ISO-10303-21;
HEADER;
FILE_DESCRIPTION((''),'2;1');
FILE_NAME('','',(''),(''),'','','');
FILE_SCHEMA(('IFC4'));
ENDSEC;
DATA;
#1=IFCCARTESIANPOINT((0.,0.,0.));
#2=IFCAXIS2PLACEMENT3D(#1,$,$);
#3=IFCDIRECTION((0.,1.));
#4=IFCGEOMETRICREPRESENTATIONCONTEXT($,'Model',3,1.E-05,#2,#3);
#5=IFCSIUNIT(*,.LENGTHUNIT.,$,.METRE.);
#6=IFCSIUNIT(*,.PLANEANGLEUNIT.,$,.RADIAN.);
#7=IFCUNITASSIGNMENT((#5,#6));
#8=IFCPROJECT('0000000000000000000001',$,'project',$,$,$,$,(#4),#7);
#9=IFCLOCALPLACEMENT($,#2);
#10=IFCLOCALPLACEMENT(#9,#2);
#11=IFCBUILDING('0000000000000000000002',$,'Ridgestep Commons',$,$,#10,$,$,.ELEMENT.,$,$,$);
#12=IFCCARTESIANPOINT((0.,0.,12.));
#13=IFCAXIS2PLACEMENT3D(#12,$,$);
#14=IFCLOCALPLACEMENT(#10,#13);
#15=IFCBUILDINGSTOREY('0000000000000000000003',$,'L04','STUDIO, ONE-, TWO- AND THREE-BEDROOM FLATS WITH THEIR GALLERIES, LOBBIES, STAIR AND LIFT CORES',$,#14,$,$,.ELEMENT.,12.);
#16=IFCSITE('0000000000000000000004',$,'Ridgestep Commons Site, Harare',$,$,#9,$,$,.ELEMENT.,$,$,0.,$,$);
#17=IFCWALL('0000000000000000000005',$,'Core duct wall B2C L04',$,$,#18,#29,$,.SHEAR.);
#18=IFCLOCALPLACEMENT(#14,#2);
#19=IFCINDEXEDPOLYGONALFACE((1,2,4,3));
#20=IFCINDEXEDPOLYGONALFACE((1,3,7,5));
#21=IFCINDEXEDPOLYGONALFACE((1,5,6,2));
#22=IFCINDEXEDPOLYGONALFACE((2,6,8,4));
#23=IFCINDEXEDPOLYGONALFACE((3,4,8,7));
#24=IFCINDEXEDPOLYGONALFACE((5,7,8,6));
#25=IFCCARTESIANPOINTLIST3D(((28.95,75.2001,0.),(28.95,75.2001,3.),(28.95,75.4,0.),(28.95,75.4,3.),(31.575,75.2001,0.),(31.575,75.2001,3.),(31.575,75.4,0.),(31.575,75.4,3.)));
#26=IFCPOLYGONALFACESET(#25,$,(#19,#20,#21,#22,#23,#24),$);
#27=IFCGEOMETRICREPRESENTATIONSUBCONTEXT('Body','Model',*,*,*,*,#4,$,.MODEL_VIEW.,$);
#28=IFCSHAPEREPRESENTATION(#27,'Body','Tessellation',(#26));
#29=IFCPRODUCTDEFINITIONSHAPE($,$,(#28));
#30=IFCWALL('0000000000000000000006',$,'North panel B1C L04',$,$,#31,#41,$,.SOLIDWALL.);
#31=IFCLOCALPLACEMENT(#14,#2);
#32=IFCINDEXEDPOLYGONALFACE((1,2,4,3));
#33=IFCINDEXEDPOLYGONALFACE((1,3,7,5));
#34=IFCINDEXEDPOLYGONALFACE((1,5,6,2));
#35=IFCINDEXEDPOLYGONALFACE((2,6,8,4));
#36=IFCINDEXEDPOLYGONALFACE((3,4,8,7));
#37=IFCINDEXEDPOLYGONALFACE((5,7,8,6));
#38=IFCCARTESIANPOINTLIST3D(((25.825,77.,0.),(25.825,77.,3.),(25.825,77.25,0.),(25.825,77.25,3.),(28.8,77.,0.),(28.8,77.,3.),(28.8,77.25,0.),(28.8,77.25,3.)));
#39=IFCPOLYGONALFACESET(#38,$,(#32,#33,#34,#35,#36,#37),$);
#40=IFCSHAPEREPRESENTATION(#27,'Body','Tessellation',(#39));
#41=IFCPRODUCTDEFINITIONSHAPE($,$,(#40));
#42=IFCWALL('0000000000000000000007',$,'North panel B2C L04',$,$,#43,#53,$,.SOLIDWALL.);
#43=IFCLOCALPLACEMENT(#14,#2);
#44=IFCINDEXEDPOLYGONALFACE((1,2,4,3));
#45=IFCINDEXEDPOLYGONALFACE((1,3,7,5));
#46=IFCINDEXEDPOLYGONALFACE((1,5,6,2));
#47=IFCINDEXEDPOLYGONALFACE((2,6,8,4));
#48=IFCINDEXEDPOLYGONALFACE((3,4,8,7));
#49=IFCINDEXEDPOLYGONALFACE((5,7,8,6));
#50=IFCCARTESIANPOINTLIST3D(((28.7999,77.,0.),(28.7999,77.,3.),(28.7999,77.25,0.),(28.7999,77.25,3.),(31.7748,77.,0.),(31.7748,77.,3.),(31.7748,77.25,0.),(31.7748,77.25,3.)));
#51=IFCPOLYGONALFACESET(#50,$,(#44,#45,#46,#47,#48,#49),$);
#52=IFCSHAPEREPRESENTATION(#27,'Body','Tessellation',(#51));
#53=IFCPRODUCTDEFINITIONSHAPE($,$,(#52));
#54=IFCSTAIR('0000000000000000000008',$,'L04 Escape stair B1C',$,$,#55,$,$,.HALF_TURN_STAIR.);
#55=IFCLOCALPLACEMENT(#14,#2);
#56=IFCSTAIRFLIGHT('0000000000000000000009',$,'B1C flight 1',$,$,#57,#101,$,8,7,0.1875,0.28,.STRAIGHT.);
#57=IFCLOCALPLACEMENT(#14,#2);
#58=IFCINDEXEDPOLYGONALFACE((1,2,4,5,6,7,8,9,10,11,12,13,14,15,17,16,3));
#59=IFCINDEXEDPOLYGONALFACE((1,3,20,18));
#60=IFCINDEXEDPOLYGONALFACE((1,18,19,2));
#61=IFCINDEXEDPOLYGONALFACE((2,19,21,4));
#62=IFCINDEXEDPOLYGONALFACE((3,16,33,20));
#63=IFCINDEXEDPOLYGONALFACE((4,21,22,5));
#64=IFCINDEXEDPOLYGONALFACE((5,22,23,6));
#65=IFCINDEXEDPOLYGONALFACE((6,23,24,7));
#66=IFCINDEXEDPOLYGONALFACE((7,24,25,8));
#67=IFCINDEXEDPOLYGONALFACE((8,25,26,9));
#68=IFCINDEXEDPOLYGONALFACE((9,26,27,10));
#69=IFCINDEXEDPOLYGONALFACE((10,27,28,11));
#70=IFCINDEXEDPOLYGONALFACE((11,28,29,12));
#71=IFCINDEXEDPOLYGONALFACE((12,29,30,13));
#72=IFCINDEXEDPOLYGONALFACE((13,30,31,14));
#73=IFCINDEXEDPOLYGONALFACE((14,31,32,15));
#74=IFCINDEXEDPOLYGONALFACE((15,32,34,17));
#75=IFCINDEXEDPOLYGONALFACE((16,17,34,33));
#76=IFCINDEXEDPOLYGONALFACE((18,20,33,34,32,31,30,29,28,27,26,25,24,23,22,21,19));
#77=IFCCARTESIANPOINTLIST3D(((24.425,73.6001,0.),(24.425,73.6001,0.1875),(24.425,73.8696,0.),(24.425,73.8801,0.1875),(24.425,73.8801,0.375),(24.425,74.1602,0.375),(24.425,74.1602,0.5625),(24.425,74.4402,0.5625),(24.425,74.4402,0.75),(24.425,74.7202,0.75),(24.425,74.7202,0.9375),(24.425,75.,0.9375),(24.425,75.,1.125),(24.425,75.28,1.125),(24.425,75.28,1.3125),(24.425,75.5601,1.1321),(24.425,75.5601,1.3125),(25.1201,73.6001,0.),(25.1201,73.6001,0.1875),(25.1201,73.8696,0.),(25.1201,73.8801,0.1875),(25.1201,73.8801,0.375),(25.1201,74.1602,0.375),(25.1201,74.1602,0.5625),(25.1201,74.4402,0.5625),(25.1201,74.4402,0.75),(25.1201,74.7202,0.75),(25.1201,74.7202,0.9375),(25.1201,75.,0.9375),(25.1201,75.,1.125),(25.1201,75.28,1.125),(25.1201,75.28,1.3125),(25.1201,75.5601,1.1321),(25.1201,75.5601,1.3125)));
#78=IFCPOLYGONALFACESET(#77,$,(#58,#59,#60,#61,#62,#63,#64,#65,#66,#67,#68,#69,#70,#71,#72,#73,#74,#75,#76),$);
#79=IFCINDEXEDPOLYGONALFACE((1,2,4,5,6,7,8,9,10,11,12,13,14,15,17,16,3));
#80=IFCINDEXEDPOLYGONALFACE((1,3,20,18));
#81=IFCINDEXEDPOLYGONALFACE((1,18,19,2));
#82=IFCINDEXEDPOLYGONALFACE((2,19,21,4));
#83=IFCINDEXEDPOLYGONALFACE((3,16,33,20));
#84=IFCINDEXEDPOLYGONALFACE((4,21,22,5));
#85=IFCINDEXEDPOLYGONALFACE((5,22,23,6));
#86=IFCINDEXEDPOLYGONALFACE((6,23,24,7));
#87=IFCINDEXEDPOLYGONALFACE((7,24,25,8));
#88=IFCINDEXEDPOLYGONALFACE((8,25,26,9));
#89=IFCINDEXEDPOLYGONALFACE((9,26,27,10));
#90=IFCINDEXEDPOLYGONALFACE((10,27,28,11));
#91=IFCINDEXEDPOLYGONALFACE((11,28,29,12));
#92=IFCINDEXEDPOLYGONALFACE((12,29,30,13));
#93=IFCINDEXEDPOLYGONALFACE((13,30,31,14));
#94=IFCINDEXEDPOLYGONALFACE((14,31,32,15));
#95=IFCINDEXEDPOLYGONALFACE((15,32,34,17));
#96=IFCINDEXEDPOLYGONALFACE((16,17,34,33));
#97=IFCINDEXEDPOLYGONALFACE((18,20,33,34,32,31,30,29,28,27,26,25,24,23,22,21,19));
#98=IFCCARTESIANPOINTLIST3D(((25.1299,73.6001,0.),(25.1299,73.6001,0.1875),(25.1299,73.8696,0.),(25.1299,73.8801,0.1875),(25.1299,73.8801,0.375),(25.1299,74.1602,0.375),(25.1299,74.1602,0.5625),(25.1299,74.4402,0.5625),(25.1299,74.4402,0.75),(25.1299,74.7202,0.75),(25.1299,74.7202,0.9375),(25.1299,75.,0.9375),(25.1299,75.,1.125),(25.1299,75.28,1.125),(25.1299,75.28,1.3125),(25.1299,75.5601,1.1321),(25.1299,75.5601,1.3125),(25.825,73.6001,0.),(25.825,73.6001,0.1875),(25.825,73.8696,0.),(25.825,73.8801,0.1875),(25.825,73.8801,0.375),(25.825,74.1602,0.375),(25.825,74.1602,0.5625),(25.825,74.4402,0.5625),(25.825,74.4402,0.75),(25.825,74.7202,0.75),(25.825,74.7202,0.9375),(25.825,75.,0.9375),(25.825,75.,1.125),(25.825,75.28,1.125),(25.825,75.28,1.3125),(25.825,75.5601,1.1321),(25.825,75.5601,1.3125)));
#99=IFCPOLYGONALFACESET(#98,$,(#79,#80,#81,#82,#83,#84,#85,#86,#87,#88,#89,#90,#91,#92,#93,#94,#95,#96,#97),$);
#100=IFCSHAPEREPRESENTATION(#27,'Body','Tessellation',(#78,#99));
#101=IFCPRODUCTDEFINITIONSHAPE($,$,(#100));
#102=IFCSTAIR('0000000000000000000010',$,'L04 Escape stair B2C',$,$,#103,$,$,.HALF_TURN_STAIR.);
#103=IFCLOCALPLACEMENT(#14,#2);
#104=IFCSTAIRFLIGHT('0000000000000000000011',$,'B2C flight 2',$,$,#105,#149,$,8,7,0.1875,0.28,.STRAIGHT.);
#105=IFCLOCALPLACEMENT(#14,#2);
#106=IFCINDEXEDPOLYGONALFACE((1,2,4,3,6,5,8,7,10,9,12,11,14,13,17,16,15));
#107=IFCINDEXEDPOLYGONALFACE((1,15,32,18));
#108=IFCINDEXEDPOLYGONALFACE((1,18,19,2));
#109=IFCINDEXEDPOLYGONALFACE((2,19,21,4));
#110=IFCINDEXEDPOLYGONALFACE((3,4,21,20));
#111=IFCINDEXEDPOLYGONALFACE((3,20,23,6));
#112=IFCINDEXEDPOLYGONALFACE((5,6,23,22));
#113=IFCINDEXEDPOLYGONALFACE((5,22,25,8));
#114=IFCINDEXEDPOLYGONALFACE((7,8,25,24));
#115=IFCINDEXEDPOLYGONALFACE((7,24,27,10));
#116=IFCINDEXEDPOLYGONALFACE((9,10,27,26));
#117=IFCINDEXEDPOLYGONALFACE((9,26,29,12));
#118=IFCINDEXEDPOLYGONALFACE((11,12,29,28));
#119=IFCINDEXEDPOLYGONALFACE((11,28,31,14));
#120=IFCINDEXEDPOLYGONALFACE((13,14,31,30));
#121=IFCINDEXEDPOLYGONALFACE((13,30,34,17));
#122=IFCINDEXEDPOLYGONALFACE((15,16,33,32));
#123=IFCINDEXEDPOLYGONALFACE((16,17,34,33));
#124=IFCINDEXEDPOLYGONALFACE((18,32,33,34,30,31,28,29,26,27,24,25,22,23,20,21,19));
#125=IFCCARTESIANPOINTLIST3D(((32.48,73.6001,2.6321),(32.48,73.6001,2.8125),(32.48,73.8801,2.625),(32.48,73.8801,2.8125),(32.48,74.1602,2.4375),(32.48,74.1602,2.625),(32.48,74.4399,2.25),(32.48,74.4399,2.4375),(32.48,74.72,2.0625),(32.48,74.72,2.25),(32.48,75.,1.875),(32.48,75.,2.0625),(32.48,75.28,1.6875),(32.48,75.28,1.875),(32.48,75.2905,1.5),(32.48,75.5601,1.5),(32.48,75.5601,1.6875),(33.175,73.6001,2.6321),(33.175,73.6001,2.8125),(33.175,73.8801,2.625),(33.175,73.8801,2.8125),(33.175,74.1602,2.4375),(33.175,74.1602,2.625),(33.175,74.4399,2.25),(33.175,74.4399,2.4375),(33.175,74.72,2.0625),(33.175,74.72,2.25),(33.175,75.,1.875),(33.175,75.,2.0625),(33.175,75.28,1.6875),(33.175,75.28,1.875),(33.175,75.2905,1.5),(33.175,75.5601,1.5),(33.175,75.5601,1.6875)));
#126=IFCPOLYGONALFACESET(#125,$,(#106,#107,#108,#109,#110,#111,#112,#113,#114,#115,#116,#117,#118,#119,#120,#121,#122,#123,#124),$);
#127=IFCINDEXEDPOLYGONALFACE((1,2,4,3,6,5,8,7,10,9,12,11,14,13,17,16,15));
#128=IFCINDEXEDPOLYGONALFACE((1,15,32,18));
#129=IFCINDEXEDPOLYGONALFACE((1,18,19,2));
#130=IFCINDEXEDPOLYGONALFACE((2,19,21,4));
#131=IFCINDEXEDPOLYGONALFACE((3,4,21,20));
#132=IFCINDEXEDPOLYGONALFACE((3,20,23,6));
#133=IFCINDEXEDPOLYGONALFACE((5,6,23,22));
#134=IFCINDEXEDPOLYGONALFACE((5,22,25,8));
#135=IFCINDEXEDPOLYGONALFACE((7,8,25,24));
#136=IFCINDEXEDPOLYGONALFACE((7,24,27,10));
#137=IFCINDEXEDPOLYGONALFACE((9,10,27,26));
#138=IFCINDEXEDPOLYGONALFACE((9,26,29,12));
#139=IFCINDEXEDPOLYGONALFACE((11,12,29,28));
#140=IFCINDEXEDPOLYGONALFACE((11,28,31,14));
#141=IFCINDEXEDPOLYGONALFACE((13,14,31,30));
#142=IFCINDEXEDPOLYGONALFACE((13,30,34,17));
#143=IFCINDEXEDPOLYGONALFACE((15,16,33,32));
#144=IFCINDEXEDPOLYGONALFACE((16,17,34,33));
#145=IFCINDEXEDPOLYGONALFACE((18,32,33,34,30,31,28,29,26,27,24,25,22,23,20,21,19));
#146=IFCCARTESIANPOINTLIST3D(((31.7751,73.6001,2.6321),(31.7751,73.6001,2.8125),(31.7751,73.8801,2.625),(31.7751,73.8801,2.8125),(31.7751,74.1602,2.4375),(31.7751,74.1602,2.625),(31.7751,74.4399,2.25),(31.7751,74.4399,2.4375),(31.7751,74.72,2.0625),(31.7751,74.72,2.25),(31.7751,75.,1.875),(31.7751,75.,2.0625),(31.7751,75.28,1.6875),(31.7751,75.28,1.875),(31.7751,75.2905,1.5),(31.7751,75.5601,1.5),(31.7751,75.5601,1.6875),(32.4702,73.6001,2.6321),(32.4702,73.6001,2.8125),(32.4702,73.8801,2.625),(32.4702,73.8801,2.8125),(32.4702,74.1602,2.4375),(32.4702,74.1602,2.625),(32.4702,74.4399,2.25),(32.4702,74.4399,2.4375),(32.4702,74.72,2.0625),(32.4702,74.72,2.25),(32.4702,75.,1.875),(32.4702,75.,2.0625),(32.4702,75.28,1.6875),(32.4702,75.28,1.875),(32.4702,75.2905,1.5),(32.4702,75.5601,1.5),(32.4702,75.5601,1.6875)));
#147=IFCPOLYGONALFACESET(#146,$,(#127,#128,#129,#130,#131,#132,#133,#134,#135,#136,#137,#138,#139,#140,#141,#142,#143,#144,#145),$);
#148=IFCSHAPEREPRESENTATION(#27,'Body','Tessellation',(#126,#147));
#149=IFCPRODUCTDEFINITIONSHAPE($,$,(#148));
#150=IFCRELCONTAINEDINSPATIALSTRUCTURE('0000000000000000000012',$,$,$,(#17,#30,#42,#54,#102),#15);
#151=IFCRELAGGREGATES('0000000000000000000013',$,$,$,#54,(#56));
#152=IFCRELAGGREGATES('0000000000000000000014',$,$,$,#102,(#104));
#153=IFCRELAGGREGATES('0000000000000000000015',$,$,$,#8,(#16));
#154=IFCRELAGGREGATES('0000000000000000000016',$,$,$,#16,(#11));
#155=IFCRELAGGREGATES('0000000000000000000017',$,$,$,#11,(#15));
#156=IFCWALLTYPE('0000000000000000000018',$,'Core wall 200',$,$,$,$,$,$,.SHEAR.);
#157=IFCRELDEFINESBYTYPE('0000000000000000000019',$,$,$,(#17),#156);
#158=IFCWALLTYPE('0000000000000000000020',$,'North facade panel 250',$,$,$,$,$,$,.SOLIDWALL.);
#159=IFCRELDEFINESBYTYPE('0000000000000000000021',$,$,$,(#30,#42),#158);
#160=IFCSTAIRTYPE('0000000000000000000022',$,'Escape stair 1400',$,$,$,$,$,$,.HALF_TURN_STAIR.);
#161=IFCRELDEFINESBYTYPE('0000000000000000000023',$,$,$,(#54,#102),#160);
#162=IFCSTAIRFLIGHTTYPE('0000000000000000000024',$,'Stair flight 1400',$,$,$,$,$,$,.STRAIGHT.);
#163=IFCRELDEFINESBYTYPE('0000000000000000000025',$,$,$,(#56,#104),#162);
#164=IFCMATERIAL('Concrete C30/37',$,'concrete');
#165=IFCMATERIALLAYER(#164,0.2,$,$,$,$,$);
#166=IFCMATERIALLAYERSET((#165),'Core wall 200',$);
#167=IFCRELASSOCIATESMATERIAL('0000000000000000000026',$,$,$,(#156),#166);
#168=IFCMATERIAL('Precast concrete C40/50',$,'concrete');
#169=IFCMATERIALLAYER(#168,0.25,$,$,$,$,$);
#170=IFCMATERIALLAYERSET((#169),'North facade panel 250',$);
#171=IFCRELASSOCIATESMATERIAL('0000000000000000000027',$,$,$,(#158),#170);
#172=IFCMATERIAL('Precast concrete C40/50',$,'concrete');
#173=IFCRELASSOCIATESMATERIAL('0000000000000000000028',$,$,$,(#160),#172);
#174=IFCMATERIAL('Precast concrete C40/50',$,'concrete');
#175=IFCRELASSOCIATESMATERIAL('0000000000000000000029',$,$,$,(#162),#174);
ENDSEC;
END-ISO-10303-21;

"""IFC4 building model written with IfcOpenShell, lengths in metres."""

from ifc_helpers import new_model, si_unit, direction, frame, frame_2d, origin, place, context, subcontext, project, spatial, polyline, rectangle, outline, extrude, material, layer, layer_set, type_object, element, aggregate, save


model = new_model("IFC4")

# Units and contexts
model_context = context("Model", 3, precision=1e-05, world=origin(), true_north=direction((0.0, 1.0)))
body_context = subcontext(model_context, "Body", "Model", "MODEL_VIEW")
ifc_project = project(units=[si_unit("LENGTHUNIT", "METRE"), si_unit("PLANEANGLEUNIT", "RADIAN")], contexts=[model_context])

# Site, building, storey
site_placement = place(None, origin())
site = spatial("IfcSite", under=ifc_project, at=site_placement, Name="Ridgestep Commons Site, Harare", CompositionType="ELEMENT", RefElevation=0.0)
building_placement = place(site_placement, origin())
building = spatial("IfcBuilding", under=site, at=building_placement, Name="Ridgestep Commons", CompositionType="ELEMENT")
storey_placement = place(building_placement, frame((0.0, 0.0, 12.0)))
storey = spatial("IfcBuildingStorey", under=building, at=storey_placement, Name="L04", Description="STUDIO, ONE-, TWO- AND THREE-BEDROOM FLATS WITH THEIR GALLERIES, LOBBIES, STAIR AND LIFT CORES", CompositionType="ELEMENT", Elevation=12.0)

# Shared definitions
ifc_material_1 = material(Name="Concrete C30/37", Category="concrete")
ifc_layer_1 = layer(ifc_material_1, 0.2)
ifc_layer_set_1 = layer_set([ifc_layer_1], Name="Core wall 200")
wall_type_1 = type_object("IfcWallType", Name="Core wall 200", PredefinedType="SHEAR", material=ifc_layer_set_1)

# Walls
wall_1_placement = place(storey_placement, frame((28.95, 75.3, 0.0), z_axis=(0.0, 0.0, 1.0), x_axis=(1.0, 0.0, 0.0)))
element("IfcWall", 1, at=wall_1_placement, inside=storey, type_object=wall_type_1, Name="Core duct wall B2C L04", PredefinedType="SHEAR", context=body_context, shape_type="SweptSolid", body=[
    extrude(rectangle(XDim=2.625, YDim=0.2, at=frame_2d((1.3125, 0.0))), origin(), (0.0, 0.0, 1.0), 3.0),
])
ifc_material_2 = material(Name="Precast concrete C40/50", Category="concrete")
ifc_layer_2 = layer(ifc_material_2, 0.25)
ifc_layer_set_2 = layer_set([ifc_layer_2], Name="North facade panel 250")
wall_type_2 = type_object("IfcWallType", Name="North facade panel 250", PredefinedType="SOLIDWALL", material=ifc_layer_set_2)
wall_2_placement = place(storey_placement, frame((25.825, 77.125, 0.0), z_axis=(0.0, 0.0, 1.0), x_axis=(1.0, 0.0, 0.0)))
element("IfcWall", 2, at=wall_2_placement, inside=storey, type_object=wall_type_2, Name="North panel B1C L04", PredefinedType="SOLIDWALL", context=body_context, shape_type="SweptSolid", body=[
    extrude(rectangle(XDim=2.9751, YDim=0.25, at=frame_2d((1.4875, 0.0))), origin(), (0.0, 0.0, 1.0), 3.0),
])
wall_3_placement = place(storey_placement, frame((28.8, 77.125, 0.0), z_axis=(0.0, 0.0, 1.0), x_axis=(1.0, 0.0, 0.0)))
element("IfcWall", 3, at=wall_3_placement, inside=storey, type_object=wall_type_2, Name="North panel B2C L04", PredefinedType="SOLIDWALL", context=body_context, shape_type="SweptSolid", body=[
    extrude(rectangle(XDim=2.9749, YDim=0.25, at=frame_2d((1.4873, 0.0))), origin(), (0.0, 0.0, 1.0), 3.0),
])

# Stairs, stair flights
ifc_material_3 = material(Name="Precast concrete C40/50", Category="concrete")
stair_type = type_object("IfcStairType", Name="Escape stair 1400", PredefinedType="HALF_TURN_STAIR", material=ifc_material_3)
stair_1_placement = place(storey_placement, origin())
stair_1 = element("IfcStair", 4, at=stair_1_placement, inside=storey, type_object=stair_type, Name="L04 Escape stair B1C", PredefinedType="HALF_TURN_STAIR")
ifc_material_4 = material(Name="Precast concrete C40/50", Category="concrete")
stair_flight_type = type_object("IfcStairFlightType", Name="Stair flight 1400", PredefinedType="STRAIGHT", material=ifc_material_4)
stair_flight_1_placement = place(storey_placement, frame((25.125, 73.6001, 0.0), z_axis=(0.0, 0.0, 1.0), x_axis=(0.0, 1.0, 0.0)))
stair_flight_1 = element("IfcStairFlight", 5, at=stair_flight_1_placement, type_object=stair_flight_type, Name="B1C flight 1", NumberOfRisers=8, NumberOfTreads=7, PredefinedType="STRAIGHT", RiserHeight=0.1875, TreadLength=0.28, context=body_context, shape_type="SweptSolid", body=[
    extrude(outline(polyline([(0.0, 0.0), (0.0, 0.1875), (0.28, 0.1875), (0.28, 0.375), (0.5601, 0.375), (0.5601, 0.5625), (0.8401, 0.5625), (0.8401, 0.75), (1.1201, 0.75), (1.1201, 0.9375), (1.3999, 0.9375), (1.3999, 1.125), (1.6799, 1.125), (1.6799, 1.3125), (1.96, 1.3125), (1.96, 1.5), (1.96, 1.1321), (0.2695, 0.0), (0.0, 0.0)])), frame((0.0, 0.7, 0.0), z_axis=(0.0, -1.0, 0.0), x_axis=(1.0, 0.0, 0.0)), (0.0, 0.0, 1.0), 0.6951),
    extrude(outline(polyline([(0.0, 0.0), (0.0, 0.1875), (0.28, 0.1875), (0.28, 0.375), (0.5601, 0.375), (0.5601, 0.5625), (0.8401, 0.5625), (0.8401, 0.75), (1.1201, 0.75), (1.1201, 0.9375), (1.3999, 0.9375), (1.3999, 1.125), (1.6799, 1.125), (1.6799, 1.3125), (1.96, 1.3125), (1.96, 1.5), (1.96, 1.1321), (0.2695, 0.0), (0.0, 0.0)])), frame((0.0, -0.0049, 0.0), z_axis=(0.0, -1.0, 0.0), x_axis=(1.0, 0.0, 0.0)), (0.0, 0.0, 1.0), 0.6951),
])
aggregate(stair_1, [stair_flight_1])
stair_2_placement = place(storey_placement, origin())
stair_2 = element("IfcStair", 6, at=stair_2_placement, inside=storey, type_object=stair_type, Name="L04 Escape stair B2C", PredefinedType="HALF_TURN_STAIR")
stair_flight_2_placement = place(storey_placement, frame((32.4751, 75.5601, 1.5), z_axis=(0.0, 0.0, 1.0), x_axis=(0.0, -1.0, 0.0)))
stair_flight_2 = element("IfcStairFlight", 7, at=stair_flight_2_placement, type_object=stair_flight_type, Name="B2C flight 2", NumberOfRisers=8, NumberOfTreads=7, PredefinedType="STRAIGHT", RiserHeight=0.1875, TreadLength=0.28, context=body_context, shape_type="SweptSolid", body=[
    extrude(outline(polyline([(0.0, 0.0), (0.0, 0.1875), (0.28, 0.1875), (0.28, 0.375), (0.5601, 0.375), (0.5601, 0.5625), (0.8401, 0.5625), (0.8401, 0.75), (1.1201, 0.75), (1.1201, 0.9375), (1.3999, 0.9375), (1.3999, 1.125), (1.6799, 1.125), (1.6799, 1.3125), (1.96, 1.3125), (1.96, 1.5), (1.96, 1.1321), (0.2695, 0.0), (0.0, 0.0)])), frame((0.0, 0.7, 0.0), z_axis=(0.0, -1.0, 0.0), x_axis=(1.0, 0.0, 0.0)), (0.0, 0.0, 1.0), 0.6951),
    extrude(outline(polyline([(0.0, 0.0), (0.0, 0.1875), (0.28, 0.1875), (0.28, 0.375), (0.5601, 0.375), (0.5601, 0.5625), (0.8401, 0.5625), (0.8401, 0.75), (1.1201, 0.75), (1.1201, 0.9375), (1.3999, 0.9375), (1.3999, 1.125), (1.6799, 1.125), (1.6799, 1.3125), (1.96, 1.3125), (1.96, 1.5), (1.96, 1.1321), (0.2695, 0.0), (0.0, 0.0)])), frame((0.0, -0.0049, 0.0), z_axis=(0.0, -1.0, 0.0), x_axis=(1.0, 0.0, 0.0)), (0.0, 0.0, 1.0), 0.6951),
])
aggregate(stair_2, [stair_flight_2])

save(model, "model.ifc")
